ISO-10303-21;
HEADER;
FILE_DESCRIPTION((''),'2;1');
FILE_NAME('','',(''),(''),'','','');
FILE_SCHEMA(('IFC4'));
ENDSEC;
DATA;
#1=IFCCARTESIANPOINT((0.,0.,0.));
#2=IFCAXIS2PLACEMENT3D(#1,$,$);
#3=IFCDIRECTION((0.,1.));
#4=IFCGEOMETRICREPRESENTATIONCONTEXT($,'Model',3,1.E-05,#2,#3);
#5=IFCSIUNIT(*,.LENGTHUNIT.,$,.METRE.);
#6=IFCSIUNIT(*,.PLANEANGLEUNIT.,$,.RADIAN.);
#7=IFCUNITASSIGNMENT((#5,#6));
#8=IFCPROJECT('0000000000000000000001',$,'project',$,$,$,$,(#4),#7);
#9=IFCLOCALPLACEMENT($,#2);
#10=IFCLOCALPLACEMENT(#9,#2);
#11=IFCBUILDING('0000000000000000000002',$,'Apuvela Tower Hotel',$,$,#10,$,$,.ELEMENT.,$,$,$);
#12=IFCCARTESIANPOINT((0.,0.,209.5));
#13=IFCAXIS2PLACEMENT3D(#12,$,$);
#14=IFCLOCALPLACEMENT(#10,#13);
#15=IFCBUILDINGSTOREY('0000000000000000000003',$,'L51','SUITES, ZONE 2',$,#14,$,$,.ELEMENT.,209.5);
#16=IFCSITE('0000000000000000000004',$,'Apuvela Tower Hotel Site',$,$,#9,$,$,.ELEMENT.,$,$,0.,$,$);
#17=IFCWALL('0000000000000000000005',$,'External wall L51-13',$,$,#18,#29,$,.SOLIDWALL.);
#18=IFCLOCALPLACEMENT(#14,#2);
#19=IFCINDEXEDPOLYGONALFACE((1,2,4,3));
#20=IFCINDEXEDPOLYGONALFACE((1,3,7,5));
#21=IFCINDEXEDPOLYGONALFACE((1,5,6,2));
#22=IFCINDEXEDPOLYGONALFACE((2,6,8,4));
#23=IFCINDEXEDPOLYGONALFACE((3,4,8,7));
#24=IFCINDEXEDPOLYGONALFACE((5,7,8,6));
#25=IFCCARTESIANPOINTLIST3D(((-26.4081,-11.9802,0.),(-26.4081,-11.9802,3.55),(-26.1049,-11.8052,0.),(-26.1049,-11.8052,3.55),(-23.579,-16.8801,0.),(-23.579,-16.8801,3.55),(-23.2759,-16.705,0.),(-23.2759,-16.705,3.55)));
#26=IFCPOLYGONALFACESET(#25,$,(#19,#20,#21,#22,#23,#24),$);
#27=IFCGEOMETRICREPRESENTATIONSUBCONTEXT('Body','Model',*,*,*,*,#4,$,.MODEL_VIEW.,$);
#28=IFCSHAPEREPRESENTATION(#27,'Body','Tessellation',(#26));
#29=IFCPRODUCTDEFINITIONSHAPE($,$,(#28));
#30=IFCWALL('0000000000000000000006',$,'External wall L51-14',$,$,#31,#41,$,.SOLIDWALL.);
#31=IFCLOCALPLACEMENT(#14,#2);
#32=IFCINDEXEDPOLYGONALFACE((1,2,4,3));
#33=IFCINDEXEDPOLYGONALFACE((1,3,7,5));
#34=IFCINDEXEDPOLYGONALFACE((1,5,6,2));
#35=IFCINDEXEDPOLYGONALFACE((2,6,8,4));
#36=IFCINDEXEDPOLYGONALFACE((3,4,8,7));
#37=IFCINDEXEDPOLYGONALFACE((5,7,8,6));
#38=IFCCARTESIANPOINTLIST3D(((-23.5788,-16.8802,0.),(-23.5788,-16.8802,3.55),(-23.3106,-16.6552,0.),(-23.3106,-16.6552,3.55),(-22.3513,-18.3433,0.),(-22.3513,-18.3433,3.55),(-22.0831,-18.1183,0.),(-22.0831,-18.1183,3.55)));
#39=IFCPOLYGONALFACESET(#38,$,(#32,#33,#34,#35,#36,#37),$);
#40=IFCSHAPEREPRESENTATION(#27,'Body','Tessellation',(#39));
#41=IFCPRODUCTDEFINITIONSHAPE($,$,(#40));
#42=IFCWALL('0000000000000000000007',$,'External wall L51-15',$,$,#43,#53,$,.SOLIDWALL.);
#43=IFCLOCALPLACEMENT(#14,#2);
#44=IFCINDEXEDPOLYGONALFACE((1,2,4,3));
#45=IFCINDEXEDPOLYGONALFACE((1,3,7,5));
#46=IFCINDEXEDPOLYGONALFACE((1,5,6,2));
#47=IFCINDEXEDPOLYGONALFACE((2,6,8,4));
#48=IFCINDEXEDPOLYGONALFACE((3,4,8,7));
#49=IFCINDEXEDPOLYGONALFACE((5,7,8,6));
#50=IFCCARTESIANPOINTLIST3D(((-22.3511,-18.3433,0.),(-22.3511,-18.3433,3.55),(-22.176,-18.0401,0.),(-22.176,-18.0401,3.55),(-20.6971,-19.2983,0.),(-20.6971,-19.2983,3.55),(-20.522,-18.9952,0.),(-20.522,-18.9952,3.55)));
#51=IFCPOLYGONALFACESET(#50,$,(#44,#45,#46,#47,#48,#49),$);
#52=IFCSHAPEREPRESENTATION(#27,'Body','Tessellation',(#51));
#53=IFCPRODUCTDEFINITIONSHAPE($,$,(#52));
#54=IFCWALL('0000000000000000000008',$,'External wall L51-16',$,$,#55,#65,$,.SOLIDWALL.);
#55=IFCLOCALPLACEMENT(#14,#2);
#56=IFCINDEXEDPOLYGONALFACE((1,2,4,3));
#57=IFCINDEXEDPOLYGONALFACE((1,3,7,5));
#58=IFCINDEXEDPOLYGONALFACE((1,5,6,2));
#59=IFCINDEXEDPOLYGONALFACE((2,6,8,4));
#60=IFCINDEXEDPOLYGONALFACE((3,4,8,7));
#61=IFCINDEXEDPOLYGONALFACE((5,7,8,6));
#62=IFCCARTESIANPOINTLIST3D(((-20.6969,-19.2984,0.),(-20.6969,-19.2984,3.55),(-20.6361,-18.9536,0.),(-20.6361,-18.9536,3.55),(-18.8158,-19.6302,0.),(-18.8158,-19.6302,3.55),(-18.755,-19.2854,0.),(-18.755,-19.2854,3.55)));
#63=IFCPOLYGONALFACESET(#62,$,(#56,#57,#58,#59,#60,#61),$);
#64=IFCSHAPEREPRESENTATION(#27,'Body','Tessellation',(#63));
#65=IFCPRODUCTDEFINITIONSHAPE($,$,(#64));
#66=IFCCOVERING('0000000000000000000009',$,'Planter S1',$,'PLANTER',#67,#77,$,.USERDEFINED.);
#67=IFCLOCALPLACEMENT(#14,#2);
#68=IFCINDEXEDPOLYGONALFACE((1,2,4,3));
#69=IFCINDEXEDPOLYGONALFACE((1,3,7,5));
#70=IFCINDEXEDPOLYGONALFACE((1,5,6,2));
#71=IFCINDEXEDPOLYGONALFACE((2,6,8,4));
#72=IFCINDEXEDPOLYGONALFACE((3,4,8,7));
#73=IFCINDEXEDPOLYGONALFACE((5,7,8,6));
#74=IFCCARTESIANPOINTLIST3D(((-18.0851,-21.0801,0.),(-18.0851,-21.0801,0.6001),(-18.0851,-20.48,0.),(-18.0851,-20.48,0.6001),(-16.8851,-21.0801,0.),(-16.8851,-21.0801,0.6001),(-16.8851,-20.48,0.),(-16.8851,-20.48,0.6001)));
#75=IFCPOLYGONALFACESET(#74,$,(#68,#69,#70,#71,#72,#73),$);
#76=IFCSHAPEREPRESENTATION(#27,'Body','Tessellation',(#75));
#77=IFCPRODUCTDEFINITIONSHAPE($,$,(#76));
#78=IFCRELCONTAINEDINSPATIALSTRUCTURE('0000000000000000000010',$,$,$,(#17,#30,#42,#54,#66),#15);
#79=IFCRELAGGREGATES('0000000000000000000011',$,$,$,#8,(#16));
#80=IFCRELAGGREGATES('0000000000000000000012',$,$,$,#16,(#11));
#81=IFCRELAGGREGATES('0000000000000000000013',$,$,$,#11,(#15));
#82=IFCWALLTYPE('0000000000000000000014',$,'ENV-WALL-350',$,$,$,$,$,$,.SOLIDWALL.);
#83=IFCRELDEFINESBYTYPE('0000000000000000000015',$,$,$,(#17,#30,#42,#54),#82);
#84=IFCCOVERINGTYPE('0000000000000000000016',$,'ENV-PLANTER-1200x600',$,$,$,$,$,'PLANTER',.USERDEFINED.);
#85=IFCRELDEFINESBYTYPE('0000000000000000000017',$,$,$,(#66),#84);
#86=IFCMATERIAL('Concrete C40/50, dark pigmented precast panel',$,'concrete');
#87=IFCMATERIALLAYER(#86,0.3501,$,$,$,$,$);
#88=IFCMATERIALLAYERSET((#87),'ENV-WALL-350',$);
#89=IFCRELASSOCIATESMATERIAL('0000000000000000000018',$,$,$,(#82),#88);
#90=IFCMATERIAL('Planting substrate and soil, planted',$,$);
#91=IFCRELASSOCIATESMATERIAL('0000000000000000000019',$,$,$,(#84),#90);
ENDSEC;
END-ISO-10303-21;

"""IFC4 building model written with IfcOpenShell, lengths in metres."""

from ifc_helpers import new_model, si_unit, direction, frame, frame_2d, origin, origin_2d, place, context, subcontext, project, spatial, rectangle, extrude, material, layer, layer_set, type_object, element, save


model = new_model("IFC4")

# Units and contexts
model_context = context("Model", 3, precision=1e-05, world=origin(), true_north=direction((0.0, 1.0)))
body_context = subcontext(model_context, "Body", "Model", "MODEL_VIEW")
ifc_project = project(units=[si_unit("LENGTHUNIT", "METRE"), si_unit("PLANEANGLEUNIT", "RADIAN")], contexts=[model_context])

# Site, building, storey
site_placement = place(None, origin())
site = spatial("IfcSite", under=ifc_project, at=site_placement, Name="Apuvela Tower Hotel Site", CompositionType="ELEMENT", RefElevation=0.0)
building_placement = place(site_placement, origin())
building = spatial("IfcBuilding", under=site, at=building_placement, Name="Apuvela Tower Hotel", CompositionType="ELEMENT")
storey_placement = place(building_placement, frame((0.0, 0.0, 209.5)))
storey = spatial("IfcBuildingStorey", under=building, at=storey_placement, Name="L51", Description="SUITES, ZONE 2", CompositionType="ELEMENT", Elevation=209.5)

# Walls
ifc_material_1 = material(Name="Concrete C40/50, dark pigmented precast panel", Category="concrete")
ifc_layer_1 = layer(ifc_material_1, 0.3501)
ifc_layer_set_1 = layer_set([ifc_layer_1], Name="ENV-WALL-350")
wall_type_1 = type_object("IfcWallType", Name="ENV-WALL-350", PredefinedType="SOLIDWALL", material=ifc_layer_set_1)
wall_1_placement = place(storey_placement, frame((-26.2566, -11.8926, 0.0), z_axis=(0.0, 0.0, 1.0), x_axis=(0.500019, -0.866015, 0.0)))
element("IfcWall", 1, at=wall_1_placement, inside=storey, type_object=wall_type_1, Name="External wall L51-13", PredefinedType="SOLIDWALL", context=body_context, shape_type="SweptSolid", body=[
    extrude(rectangle(XDim=5.658, YDim=0.3501, at=frame_2d((2.8291, 0.0))), origin(), (0.0, 0.0, 1.0), 3.55),
])
for number, where, z_axis, x_axis, name in (
    (2, (-23.4448, -16.7676, 0.0), (0.0, 0.0, 1.0), (0.642733, -0.76609, 0.0), "External wall L51-14"),
    (3, (-22.2637, -18.1917, 0.0), (0.0, 0.0, 1.0), (0.866, -0.500043, 0.0), "External wall L51-15"),
):
    element("IfcWall", number, at=place(storey_placement, frame(where, z_axis=z_axis, x_axis=x_axis)), inside=storey, type_object=wall_type_1, Name=name, PredefinedType="SOLIDWALL", context=body_context, shape_type="SweptSolid", body=[
        extrude(rectangle(XDim=1.9099, YDim=0.3501, at=frame_2d((0.9551, 0.0))), origin(), (0.0, 0.0, 1.0), 3.55),
    ])
wall_2_placement = place(storey_placement, frame((-20.6665, -19.126, 0.0), z_axis=(0.0, 0.0, 1.0), x_axis=(0.984799, -0.173698, 0.0)))
element("IfcWall", 4, at=wall_2_placement, inside=storey, type_object=wall_type_1, Name="External wall L51-16", PredefinedType="SOLIDWALL", context=body_context, shape_type="SweptSolid", body=[
    extrude(rectangle(XDim=1.9102, YDim=0.3501, at=frame_2d((0.9551, 0.0))), origin(), (0.0, 0.0, 1.0), 3.55),
])

# Covering
ifc_material_2 = material(Name="Planting substrate and soil, planted")
covering_type = type_object("IfcCoveringType", Name="ENV-PLANTER-1200x600", ElementType="PLANTER", PredefinedType="USERDEFINED", material=ifc_material_2)
covering_placement = place(storey_placement, frame((-17.4851, -20.78, 0.0), z_axis=(0.0, 0.0, 1.0), x_axis=(1.0, 0.0, 0.0)))
element("IfcCovering", 5, at=covering_placement, inside=storey, type_object=covering_type, Name="Planter S1", ObjectType="PLANTER", PredefinedType="USERDEFINED", context=body_context, shape_type="SweptSolid", body=[
    extrude(rectangle(XDim=1.2, YDim=0.6001, at=origin_2d()), origin(), (0.0, 0.0, 1.0), 0.6001),
])

save(model, "model.ifc")
